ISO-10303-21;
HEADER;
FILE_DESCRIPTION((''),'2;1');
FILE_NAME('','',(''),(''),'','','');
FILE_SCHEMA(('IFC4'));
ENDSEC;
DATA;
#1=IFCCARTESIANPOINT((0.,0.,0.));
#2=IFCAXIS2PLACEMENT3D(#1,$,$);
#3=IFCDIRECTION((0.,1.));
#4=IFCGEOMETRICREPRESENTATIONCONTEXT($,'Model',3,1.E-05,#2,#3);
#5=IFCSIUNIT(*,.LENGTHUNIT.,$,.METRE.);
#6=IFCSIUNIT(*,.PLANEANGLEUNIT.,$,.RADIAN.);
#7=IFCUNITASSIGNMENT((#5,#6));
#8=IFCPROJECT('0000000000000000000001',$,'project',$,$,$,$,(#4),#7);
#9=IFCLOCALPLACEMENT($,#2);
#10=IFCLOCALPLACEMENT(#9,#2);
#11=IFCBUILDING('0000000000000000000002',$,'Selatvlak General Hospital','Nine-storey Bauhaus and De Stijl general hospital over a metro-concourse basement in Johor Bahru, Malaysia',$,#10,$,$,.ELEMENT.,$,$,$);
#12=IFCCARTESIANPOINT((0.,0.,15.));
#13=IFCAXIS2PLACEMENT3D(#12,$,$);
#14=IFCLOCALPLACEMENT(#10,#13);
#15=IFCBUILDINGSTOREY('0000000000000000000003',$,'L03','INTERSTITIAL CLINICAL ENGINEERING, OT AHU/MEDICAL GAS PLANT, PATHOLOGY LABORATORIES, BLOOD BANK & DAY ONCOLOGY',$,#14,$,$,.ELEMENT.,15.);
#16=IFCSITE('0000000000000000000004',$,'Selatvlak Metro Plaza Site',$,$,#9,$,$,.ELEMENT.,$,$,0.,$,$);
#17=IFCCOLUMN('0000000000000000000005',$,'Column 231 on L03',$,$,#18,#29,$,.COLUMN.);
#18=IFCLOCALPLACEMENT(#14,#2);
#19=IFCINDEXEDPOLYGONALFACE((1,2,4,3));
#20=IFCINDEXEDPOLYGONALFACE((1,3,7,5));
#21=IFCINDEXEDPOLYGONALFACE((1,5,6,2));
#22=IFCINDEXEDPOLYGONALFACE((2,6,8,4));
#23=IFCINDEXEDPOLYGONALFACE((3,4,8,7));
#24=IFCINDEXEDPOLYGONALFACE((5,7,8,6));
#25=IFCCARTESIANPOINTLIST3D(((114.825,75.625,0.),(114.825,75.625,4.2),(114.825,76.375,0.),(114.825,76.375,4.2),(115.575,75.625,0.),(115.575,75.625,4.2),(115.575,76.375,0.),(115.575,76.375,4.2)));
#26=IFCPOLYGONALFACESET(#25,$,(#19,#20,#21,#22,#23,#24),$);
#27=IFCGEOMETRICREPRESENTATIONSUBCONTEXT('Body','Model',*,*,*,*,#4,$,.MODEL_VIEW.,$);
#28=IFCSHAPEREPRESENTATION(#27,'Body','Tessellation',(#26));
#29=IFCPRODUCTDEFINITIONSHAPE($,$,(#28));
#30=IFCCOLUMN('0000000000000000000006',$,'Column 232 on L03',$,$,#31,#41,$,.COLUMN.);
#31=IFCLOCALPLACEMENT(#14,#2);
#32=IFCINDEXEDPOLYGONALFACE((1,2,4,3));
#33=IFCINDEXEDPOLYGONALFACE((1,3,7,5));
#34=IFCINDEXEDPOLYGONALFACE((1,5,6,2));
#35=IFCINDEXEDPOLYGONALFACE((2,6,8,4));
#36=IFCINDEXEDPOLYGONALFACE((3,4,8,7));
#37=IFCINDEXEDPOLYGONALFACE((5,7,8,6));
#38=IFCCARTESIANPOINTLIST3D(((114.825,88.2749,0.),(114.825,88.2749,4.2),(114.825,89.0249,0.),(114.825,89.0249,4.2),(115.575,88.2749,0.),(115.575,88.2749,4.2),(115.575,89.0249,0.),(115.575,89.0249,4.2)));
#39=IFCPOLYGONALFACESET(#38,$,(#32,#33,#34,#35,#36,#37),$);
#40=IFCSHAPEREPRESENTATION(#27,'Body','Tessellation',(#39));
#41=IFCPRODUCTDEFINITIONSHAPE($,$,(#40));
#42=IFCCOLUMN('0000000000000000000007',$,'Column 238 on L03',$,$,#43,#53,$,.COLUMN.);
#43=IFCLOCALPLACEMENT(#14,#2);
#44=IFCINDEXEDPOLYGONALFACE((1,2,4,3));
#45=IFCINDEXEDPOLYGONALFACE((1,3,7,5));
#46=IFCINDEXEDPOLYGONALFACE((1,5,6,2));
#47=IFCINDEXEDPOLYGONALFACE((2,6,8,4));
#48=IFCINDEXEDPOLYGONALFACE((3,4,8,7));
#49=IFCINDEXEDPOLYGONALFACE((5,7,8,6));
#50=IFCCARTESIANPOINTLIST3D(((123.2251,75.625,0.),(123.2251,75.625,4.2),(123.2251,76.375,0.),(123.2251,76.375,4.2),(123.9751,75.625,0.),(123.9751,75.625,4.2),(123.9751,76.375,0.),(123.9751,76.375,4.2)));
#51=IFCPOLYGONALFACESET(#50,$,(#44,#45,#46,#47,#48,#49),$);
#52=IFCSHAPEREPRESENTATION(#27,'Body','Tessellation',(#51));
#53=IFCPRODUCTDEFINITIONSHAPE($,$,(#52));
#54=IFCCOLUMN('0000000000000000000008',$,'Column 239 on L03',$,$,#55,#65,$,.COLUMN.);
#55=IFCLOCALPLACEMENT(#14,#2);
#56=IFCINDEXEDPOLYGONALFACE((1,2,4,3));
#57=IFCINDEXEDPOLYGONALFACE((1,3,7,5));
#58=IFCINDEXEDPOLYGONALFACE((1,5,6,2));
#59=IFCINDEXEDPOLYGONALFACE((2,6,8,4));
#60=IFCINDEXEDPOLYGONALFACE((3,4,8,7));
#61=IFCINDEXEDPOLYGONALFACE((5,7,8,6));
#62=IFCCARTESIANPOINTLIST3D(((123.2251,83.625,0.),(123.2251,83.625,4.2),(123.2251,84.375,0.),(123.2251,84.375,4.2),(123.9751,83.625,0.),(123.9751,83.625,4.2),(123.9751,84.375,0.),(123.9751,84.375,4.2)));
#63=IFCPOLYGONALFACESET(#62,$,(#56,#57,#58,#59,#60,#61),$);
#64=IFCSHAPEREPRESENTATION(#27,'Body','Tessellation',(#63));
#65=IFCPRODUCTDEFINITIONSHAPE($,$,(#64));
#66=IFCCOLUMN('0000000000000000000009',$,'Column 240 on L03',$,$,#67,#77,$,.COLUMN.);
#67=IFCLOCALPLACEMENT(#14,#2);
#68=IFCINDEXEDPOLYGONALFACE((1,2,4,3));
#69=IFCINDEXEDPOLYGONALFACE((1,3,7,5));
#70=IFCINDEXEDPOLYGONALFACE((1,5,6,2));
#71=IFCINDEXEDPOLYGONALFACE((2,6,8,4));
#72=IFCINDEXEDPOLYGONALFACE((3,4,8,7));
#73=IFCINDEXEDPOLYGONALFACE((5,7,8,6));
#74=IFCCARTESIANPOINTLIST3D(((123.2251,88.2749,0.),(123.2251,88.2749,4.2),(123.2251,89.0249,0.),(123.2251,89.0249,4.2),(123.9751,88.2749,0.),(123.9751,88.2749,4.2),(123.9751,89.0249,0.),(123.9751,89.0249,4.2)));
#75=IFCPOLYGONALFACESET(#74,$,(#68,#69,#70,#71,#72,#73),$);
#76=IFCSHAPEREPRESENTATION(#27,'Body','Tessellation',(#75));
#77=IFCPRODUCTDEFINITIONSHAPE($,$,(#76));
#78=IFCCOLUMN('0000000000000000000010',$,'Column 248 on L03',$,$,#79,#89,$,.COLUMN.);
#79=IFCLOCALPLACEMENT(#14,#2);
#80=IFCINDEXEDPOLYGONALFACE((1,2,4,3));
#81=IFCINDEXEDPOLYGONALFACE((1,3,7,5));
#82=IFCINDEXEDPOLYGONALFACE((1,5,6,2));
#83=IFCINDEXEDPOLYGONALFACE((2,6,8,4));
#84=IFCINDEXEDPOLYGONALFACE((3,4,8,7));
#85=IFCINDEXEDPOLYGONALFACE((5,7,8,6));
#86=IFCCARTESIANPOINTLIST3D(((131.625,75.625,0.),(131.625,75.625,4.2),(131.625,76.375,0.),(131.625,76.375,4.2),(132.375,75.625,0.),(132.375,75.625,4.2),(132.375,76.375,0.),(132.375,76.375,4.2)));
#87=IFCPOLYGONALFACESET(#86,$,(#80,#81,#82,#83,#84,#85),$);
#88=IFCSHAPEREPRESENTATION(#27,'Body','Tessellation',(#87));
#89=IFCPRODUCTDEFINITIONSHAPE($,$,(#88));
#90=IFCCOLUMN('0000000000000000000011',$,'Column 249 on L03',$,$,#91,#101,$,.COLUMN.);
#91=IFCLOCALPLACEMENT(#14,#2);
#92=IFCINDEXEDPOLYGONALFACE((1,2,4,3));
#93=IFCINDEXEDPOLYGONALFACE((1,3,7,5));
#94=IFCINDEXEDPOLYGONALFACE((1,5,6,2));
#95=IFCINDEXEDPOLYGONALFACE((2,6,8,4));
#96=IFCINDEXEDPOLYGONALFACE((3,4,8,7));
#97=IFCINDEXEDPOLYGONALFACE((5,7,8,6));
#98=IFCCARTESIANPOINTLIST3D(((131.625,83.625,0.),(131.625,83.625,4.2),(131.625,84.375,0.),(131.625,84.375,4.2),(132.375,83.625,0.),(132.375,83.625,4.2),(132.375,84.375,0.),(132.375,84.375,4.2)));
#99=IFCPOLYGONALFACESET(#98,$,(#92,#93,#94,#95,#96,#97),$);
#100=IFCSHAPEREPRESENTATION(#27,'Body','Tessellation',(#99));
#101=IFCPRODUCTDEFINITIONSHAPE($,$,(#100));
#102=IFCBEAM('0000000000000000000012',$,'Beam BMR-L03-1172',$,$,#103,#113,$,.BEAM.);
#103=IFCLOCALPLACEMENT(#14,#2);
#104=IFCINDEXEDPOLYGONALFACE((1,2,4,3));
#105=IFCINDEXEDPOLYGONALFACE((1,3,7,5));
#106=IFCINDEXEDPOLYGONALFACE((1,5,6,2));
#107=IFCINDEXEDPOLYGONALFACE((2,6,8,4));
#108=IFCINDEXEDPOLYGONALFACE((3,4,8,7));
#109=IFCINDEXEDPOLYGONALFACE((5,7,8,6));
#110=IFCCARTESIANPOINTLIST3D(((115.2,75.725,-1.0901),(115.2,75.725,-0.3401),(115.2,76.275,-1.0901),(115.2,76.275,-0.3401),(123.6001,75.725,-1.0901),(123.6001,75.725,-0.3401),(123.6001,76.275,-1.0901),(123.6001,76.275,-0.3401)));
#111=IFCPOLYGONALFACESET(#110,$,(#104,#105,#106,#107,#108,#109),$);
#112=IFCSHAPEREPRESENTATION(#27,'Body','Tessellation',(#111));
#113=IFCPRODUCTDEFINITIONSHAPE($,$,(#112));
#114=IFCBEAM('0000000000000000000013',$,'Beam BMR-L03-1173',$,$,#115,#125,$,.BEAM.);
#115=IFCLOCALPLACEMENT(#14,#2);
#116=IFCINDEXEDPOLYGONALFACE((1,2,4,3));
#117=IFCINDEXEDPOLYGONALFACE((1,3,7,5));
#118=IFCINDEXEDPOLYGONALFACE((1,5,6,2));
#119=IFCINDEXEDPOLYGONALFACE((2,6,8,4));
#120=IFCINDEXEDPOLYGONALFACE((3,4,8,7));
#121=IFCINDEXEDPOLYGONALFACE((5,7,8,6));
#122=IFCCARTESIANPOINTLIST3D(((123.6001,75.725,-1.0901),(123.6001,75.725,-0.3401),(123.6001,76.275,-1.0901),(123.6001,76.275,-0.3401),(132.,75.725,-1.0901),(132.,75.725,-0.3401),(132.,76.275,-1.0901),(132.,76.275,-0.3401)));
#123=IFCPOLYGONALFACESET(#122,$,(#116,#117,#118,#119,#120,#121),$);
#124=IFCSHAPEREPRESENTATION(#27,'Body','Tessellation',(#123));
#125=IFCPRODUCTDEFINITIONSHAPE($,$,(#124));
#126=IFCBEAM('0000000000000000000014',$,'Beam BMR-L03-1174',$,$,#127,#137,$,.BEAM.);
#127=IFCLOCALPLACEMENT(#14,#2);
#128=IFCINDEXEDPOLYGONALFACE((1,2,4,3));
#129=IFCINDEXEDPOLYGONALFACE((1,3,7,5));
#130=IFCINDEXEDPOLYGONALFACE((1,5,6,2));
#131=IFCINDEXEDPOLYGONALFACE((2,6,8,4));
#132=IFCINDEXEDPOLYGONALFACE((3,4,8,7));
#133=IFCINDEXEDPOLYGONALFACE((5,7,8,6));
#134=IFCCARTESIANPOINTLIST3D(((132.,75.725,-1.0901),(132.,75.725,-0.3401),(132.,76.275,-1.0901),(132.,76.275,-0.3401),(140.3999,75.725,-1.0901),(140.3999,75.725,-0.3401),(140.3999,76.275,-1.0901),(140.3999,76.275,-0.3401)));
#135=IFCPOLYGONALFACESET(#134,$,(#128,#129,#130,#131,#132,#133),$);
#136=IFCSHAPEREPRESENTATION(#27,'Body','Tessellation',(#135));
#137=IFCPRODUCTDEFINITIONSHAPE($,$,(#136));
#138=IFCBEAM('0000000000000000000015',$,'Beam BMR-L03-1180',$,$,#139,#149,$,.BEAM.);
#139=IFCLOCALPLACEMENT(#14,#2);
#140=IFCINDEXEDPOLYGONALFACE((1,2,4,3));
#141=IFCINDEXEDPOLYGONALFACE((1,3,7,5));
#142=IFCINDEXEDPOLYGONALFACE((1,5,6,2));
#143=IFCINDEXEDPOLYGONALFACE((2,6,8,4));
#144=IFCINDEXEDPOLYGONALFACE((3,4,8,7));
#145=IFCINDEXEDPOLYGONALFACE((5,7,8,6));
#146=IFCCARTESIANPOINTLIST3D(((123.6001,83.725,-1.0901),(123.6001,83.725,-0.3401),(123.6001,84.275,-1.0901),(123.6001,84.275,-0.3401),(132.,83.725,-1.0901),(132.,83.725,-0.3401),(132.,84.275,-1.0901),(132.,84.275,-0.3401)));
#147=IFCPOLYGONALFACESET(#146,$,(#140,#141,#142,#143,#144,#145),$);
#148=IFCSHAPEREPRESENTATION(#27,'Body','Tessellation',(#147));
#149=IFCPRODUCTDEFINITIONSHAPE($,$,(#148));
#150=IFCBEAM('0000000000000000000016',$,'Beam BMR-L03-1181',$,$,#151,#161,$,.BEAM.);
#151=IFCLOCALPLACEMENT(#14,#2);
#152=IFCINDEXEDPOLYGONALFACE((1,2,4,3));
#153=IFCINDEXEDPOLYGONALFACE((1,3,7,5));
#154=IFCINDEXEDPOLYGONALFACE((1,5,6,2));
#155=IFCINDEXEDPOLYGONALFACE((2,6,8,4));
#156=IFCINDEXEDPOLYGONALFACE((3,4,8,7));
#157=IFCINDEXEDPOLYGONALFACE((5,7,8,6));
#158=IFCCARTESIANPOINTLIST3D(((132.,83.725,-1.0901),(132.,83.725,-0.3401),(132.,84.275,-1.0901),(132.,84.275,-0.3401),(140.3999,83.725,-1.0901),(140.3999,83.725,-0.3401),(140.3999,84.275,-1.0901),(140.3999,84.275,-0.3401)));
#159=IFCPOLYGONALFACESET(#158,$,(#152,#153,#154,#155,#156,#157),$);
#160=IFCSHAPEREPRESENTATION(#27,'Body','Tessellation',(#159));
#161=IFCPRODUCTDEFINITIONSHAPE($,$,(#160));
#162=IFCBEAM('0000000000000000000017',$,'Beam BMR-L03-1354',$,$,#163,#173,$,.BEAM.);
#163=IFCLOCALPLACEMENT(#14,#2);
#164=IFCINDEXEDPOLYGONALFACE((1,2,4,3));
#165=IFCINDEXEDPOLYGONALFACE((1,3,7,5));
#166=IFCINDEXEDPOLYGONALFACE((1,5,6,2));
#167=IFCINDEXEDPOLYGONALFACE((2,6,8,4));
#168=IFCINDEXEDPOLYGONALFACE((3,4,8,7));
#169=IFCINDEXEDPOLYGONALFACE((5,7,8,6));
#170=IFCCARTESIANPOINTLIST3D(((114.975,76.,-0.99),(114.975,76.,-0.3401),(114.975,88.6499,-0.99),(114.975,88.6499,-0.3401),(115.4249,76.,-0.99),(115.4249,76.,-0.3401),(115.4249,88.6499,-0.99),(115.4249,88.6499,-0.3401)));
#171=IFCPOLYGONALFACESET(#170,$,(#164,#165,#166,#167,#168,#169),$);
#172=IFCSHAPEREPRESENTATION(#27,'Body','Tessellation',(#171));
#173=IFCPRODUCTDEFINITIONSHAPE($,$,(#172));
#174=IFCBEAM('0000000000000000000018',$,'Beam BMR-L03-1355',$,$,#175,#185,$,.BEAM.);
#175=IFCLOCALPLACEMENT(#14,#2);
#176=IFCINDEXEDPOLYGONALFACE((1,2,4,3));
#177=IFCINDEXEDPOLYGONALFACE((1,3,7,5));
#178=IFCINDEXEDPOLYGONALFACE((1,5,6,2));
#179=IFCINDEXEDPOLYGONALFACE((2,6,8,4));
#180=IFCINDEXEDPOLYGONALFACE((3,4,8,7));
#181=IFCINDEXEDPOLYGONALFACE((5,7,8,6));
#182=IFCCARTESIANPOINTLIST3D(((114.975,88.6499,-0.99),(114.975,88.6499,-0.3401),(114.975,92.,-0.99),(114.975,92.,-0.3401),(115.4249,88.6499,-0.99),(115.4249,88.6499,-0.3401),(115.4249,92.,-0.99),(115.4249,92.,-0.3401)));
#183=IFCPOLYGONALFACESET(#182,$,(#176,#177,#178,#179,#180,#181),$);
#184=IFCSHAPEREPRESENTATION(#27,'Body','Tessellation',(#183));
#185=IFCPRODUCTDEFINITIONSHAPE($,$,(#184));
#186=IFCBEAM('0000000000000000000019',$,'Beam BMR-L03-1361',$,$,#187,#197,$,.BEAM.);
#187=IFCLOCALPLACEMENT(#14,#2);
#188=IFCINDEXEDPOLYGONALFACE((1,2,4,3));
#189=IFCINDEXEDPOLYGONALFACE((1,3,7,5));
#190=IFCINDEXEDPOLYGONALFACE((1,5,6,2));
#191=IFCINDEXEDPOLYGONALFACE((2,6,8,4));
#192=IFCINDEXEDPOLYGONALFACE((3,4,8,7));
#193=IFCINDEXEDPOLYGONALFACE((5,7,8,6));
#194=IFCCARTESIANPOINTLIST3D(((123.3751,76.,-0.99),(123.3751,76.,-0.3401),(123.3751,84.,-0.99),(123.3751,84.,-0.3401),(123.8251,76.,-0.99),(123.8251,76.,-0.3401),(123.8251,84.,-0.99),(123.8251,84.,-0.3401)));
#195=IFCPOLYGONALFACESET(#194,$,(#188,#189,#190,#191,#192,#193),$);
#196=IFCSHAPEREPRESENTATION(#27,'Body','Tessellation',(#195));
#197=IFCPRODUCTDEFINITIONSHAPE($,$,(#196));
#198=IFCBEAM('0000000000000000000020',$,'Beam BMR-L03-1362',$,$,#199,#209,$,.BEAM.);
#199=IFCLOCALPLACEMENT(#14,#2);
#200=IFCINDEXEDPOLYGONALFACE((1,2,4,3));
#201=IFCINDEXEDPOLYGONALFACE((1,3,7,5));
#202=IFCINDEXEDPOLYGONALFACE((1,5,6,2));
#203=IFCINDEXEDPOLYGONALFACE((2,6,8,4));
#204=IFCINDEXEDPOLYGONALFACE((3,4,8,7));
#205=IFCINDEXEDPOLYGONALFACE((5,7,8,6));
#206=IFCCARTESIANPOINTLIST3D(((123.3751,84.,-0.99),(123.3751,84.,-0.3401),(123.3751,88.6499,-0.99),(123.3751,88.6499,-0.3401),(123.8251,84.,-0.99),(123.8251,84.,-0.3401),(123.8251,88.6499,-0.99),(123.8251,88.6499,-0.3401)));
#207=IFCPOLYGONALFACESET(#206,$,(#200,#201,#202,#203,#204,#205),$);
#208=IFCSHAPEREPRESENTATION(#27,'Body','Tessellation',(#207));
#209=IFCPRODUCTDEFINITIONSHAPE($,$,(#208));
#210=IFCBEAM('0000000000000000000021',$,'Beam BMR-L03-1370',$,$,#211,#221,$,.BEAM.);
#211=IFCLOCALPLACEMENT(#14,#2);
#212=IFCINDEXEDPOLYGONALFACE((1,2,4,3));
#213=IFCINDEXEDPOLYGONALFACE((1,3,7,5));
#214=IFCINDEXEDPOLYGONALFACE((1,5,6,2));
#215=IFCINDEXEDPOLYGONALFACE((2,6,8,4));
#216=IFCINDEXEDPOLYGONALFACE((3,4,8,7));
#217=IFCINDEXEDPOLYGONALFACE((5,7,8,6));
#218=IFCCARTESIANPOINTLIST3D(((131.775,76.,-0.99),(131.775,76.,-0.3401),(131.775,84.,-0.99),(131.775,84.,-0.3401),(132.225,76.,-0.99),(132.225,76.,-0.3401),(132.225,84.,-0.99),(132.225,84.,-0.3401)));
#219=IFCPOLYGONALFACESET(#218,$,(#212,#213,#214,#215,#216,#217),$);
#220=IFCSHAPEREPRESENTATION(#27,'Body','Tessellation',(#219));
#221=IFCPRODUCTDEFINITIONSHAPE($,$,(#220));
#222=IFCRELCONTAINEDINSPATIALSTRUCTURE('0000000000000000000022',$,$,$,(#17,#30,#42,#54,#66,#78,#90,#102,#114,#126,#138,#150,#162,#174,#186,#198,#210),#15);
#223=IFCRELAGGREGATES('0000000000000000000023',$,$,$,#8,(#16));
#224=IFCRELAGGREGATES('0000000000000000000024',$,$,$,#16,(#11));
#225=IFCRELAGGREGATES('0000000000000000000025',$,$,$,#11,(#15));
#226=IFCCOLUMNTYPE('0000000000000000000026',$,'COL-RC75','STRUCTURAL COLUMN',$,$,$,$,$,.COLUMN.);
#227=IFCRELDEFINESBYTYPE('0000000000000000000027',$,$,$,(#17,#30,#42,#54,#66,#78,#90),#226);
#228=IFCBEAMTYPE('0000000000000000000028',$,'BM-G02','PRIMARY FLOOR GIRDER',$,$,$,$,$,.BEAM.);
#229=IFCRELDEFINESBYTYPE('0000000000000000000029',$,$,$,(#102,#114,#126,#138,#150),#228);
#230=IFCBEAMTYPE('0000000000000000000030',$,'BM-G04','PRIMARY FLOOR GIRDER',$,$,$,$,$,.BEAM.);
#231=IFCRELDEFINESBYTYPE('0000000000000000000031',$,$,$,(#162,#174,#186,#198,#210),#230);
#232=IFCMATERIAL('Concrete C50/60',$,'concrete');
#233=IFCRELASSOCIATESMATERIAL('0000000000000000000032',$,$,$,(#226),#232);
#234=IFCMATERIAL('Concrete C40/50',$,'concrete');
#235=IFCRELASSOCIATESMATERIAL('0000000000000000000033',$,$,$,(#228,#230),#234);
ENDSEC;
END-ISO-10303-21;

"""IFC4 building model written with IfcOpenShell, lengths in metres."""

from ifc_helpers import new_model, si_unit, direction, frame, origin, origin_2d, place, context, subcontext, project, spatial, rectangle, extrude, material, material_profile, profile_set, type_object, element, save


model = new_model("IFC4")

# Units and contexts
model_context = context("Model", 3, precision=1e-05, world=origin(), true_north=direction((0.0, 1.0)))
body_context = subcontext(model_context, "Body", "Model", "MODEL_VIEW")
ifc_project = project(units=[si_unit("LENGTHUNIT", "METRE"), si_unit("PLANEANGLEUNIT", "RADIAN")], contexts=[model_context])

# Site, building, storey
site_placement = place(None, origin())
site = spatial("IfcSite", under=ifc_project, at=site_placement, Name="Selatvlak Metro Plaza Site", CompositionType="ELEMENT", RefElevation=0.0)
building_placement = place(site_placement, origin())
building = spatial("IfcBuilding", under=site, at=building_placement, Name="Selatvlak General Hospital", Description="Nine-storey Bauhaus and De Stijl general hospital over a metro-concourse basement in Johor Bahru, Malaysia", CompositionType="ELEMENT")
storey_placement = place(building_placement, frame((0.0, 0.0, 15.0)))
storey = spatial("IfcBuildingStorey", under=building, at=storey_placement, Name="L03", Description="INTERSTITIAL CLINICAL ENGINEERING, OT AHU/MEDICAL GAS PLANT, PATHOLOGY LABORATORIES, BLOOD BANK & DAY ONCOLOGY", CompositionType="ELEMENT", Elevation=15.0)

# Columns
ifc_material_1 = material(Name="Concrete C50/60", Category="concrete")
ifc_material_profile_1 = material_profile(ifc_material_1, rectangle(XDim=0.75, YDim=0.75, at=origin_2d()), Name="RC-COL 750x750")
ifc_profile_set_1 = profile_set([ifc_material_profile_1], Name="Concrete C50/60")
column_type = type_object("IfcColumnType", Name="COL-RC75", Description="STRUCTURAL COLUMN", PredefinedType="COLUMN", material=ifc_profile_set_1)
for number, where, z_axis, x_axis, name in (
    (1, (115.2, 76.0, 0.0), (0.0, 0.0, 1.0), (1.0, 0.0, 0.0), "Column 231 on L03"),
    (2, (115.2, 88.6499, 0.0), (0.0, 0.0, 1.0), (1.0, 0.0, 0.0), "Column 232 on L03"),
    (3, (123.6001, 76.0, 0.0), (0.0, 0.0, 1.0), (1.0, 0.0, 0.0), "Column 238 on L03"),
    (4, (123.6001, 84.0, 0.0), (0.0, 0.0, 1.0), (1.0, 0.0, 0.0), "Column 239 on L03"),
    (5, (123.6001, 88.6499, 0.0), (0.0, 0.0, 1.0), (1.0, 0.0, 0.0), "Column 240 on L03"),
    (6, (132.0, 76.0, 0.0), (0.0, 0.0, 1.0), (1.0, 0.0, 0.0), "Column 248 on L03"),
    (7, (132.0, 84.0, 0.0), (0.0, 0.0, 1.0), (1.0, 0.0, 0.0), "Column 249 on L03"),
):
    element("IfcColumn", number, at=place(storey_placement, frame(where, z_axis=z_axis, x_axis=x_axis)), inside=storey, type_object=column_type, Name=name, PredefinedType="COLUMN", context=body_context, shape_type="SweptSolid", body=[
        extrude(rectangle(XDim=0.75, YDim=0.75, at=origin_2d()), origin(), (0.0, 0.0, 1.0), 4.2),
    ])

# Beams
ifc_material_2 = material(Name="Concrete C40/50", Category="concrete")
ifc_material_profile_2 = material_profile(ifc_material_2, rectangle(XDim=0.55, YDim=0.75, at=origin_2d()), Name="RC-BM 550x750")
ifc_profile_set_2 = profile_set([ifc_material_profile_2], Name="Concrete C40/50")
beam_type_1 = type_object("IfcBeamType", Name="BM-G02", Description="PRIMARY FLOOR GIRDER", PredefinedType="BEAM", material=ifc_profile_set_2)
beam_1_placement = place(storey_placement, frame((115.2, 76.0, -0.7151), z_axis=(1.0, 0.0, 0.0), x_axis=(0.0, 1.0, 0.0)))
element("IfcBeam", 8, at=beam_1_placement, inside=storey, type_object=beam_type_1, Name="Beam BMR-L03-1172", PredefinedType="BEAM", context=body_context, shape_type="SweptSolid", body=[
    extrude(rectangle(XDim=0.55, YDim=0.75, at=origin_2d()), origin(), (0.0, 0.0, 1.0), 8.4001),
])
for number, where, z_axis, x_axis, name in (
    (9, (123.6001, 76.0, -0.7151), (1.0, 0.0, 0.0), (0.0, 1.0, 0.0), "Beam BMR-L03-1173"),
    (10, (132.0, 76.0, -0.7151), (1.0, 0.0, 0.0), (0.0, 1.0, 0.0), "Beam BMR-L03-1174"),
    (11, (123.6001, 84.0, -0.7151), (1.0, 0.0, 0.0), (0.0, 1.0, 0.0), "Beam BMR-L03-1180"),
    (12, (132.0, 84.0, -0.7151), (1.0, 0.0, 0.0), (0.0, 1.0, 0.0), "Beam BMR-L03-1181"),
):
    element("IfcBeam", number, at=place(storey_placement, frame(where, z_axis=z_axis, x_axis=x_axis)), inside=storey, type_object=beam_type_1, Name=name, PredefinedType="BEAM", context=body_context, shape_type="SweptSolid", body=[
        extrude(rectangle(XDim=0.55, YDim=0.75, at=origin_2d()), origin(), (0.0, 0.0, 1.0), 8.3999),
    ])
ifc_material_profile_3 = material_profile(ifc_material_2, rectangle(XDim=0.45, YDim=0.6499, at=origin_2d()), Name="RC-BM 450x650")
ifc_profile_set_3 = profile_set([ifc_material_profile_3], Name="Concrete C40/50")
beam_type_2 = type_object("IfcBeamType", Name="BM-G04", Description="PRIMARY FLOOR GIRDER", PredefinedType="BEAM", material=ifc_profile_set_3)
beam_2_placement = place(storey_placement, frame((115.2, 76.0, -0.665), z_axis=(0.0, 1.0, 0.0), x_axis=(-1.0, 0.0, 0.0)))
element("IfcBeam", 13, at=beam_2_placement, inside=storey, type_object=beam_type_2, Name="Beam BMR-L03-1354", PredefinedType="BEAM", context=body_context, shape_type="SweptSolid", body=[
    extrude(rectangle(XDim=0.45, YDim=0.6499, at=origin_2d()), origin(), (0.0, 0.0, 1.0), 12.6499),
])
beam_3_placement = place(storey_placement, frame((115.2, 88.6499, -0.665), z_axis=(0.0, 1.0, 0.0), x_axis=(-1.0, 0.0, 0.0)))
element("IfcBeam", 14, at=beam_3_placement, inside=storey, type_object=beam_type_2, Name="Beam BMR-L03-1355", PredefinedType="BEAM", context=body_context, shape_type="SweptSolid", body=[
    extrude(rectangle(XDim=0.45, YDim=0.6499, at=origin_2d()), origin(), (0.0, 0.0, 1.0), 3.3501),
])
beam_4_placement = place(storey_placement, frame((123.6001, 76.0, -0.665), z_axis=(0.0, 1.0, 0.0), x_axis=(-1.0, 0.0, 0.0)))
element("IfcBeam", 15, at=beam_4_placement, inside=storey, type_object=beam_type_2, Name="Beam BMR-L03-1361", PredefinedType="BEAM", context=body_context, shape_type="SweptSolid", body=[
    extrude(rectangle(XDim=0.45, YDim=0.6499, at=origin_2d()), origin(), (0.0, 0.0, 1.0), 8.0),
])
beam_5_placement = place(storey_placement, frame((123.6001, 84.0, -0.665), z_axis=(0.0, 1.0, 0.0), x_axis=(-1.0, 0.0, 0.0)))
element("IfcBeam", 16, at=beam_5_placement, inside=storey, type_object=beam_type_2, Name="Beam BMR-L03-1362", PredefinedType="BEAM", context=body_context, shape_type="SweptSolid", body=[
    extrude(rectangle(XDim=0.45, YDim=0.6499, at=origin_2d()), origin(), (0.0, 0.0, 1.0), 4.6499),
])
beam_6_placement = place(storey_placement, frame((132.0, 76.0, -0.665), z_axis=(0.0, 1.0, 0.0), x_axis=(-1.0, 0.0, 0.0)))
element("IfcBeam", 17, at=beam_6_placement, inside=storey, type_object=beam_type_2, Name="Beam BMR-L03-1370", PredefinedType="BEAM", context=body_context, shape_type="SweptSolid", body=[
    extrude(rectangle(XDim=0.45, YDim=0.6499, at=origin_2d()), origin(), (0.0, 0.0, 1.0), 8.0),
])

save(model, "model.ifc")
